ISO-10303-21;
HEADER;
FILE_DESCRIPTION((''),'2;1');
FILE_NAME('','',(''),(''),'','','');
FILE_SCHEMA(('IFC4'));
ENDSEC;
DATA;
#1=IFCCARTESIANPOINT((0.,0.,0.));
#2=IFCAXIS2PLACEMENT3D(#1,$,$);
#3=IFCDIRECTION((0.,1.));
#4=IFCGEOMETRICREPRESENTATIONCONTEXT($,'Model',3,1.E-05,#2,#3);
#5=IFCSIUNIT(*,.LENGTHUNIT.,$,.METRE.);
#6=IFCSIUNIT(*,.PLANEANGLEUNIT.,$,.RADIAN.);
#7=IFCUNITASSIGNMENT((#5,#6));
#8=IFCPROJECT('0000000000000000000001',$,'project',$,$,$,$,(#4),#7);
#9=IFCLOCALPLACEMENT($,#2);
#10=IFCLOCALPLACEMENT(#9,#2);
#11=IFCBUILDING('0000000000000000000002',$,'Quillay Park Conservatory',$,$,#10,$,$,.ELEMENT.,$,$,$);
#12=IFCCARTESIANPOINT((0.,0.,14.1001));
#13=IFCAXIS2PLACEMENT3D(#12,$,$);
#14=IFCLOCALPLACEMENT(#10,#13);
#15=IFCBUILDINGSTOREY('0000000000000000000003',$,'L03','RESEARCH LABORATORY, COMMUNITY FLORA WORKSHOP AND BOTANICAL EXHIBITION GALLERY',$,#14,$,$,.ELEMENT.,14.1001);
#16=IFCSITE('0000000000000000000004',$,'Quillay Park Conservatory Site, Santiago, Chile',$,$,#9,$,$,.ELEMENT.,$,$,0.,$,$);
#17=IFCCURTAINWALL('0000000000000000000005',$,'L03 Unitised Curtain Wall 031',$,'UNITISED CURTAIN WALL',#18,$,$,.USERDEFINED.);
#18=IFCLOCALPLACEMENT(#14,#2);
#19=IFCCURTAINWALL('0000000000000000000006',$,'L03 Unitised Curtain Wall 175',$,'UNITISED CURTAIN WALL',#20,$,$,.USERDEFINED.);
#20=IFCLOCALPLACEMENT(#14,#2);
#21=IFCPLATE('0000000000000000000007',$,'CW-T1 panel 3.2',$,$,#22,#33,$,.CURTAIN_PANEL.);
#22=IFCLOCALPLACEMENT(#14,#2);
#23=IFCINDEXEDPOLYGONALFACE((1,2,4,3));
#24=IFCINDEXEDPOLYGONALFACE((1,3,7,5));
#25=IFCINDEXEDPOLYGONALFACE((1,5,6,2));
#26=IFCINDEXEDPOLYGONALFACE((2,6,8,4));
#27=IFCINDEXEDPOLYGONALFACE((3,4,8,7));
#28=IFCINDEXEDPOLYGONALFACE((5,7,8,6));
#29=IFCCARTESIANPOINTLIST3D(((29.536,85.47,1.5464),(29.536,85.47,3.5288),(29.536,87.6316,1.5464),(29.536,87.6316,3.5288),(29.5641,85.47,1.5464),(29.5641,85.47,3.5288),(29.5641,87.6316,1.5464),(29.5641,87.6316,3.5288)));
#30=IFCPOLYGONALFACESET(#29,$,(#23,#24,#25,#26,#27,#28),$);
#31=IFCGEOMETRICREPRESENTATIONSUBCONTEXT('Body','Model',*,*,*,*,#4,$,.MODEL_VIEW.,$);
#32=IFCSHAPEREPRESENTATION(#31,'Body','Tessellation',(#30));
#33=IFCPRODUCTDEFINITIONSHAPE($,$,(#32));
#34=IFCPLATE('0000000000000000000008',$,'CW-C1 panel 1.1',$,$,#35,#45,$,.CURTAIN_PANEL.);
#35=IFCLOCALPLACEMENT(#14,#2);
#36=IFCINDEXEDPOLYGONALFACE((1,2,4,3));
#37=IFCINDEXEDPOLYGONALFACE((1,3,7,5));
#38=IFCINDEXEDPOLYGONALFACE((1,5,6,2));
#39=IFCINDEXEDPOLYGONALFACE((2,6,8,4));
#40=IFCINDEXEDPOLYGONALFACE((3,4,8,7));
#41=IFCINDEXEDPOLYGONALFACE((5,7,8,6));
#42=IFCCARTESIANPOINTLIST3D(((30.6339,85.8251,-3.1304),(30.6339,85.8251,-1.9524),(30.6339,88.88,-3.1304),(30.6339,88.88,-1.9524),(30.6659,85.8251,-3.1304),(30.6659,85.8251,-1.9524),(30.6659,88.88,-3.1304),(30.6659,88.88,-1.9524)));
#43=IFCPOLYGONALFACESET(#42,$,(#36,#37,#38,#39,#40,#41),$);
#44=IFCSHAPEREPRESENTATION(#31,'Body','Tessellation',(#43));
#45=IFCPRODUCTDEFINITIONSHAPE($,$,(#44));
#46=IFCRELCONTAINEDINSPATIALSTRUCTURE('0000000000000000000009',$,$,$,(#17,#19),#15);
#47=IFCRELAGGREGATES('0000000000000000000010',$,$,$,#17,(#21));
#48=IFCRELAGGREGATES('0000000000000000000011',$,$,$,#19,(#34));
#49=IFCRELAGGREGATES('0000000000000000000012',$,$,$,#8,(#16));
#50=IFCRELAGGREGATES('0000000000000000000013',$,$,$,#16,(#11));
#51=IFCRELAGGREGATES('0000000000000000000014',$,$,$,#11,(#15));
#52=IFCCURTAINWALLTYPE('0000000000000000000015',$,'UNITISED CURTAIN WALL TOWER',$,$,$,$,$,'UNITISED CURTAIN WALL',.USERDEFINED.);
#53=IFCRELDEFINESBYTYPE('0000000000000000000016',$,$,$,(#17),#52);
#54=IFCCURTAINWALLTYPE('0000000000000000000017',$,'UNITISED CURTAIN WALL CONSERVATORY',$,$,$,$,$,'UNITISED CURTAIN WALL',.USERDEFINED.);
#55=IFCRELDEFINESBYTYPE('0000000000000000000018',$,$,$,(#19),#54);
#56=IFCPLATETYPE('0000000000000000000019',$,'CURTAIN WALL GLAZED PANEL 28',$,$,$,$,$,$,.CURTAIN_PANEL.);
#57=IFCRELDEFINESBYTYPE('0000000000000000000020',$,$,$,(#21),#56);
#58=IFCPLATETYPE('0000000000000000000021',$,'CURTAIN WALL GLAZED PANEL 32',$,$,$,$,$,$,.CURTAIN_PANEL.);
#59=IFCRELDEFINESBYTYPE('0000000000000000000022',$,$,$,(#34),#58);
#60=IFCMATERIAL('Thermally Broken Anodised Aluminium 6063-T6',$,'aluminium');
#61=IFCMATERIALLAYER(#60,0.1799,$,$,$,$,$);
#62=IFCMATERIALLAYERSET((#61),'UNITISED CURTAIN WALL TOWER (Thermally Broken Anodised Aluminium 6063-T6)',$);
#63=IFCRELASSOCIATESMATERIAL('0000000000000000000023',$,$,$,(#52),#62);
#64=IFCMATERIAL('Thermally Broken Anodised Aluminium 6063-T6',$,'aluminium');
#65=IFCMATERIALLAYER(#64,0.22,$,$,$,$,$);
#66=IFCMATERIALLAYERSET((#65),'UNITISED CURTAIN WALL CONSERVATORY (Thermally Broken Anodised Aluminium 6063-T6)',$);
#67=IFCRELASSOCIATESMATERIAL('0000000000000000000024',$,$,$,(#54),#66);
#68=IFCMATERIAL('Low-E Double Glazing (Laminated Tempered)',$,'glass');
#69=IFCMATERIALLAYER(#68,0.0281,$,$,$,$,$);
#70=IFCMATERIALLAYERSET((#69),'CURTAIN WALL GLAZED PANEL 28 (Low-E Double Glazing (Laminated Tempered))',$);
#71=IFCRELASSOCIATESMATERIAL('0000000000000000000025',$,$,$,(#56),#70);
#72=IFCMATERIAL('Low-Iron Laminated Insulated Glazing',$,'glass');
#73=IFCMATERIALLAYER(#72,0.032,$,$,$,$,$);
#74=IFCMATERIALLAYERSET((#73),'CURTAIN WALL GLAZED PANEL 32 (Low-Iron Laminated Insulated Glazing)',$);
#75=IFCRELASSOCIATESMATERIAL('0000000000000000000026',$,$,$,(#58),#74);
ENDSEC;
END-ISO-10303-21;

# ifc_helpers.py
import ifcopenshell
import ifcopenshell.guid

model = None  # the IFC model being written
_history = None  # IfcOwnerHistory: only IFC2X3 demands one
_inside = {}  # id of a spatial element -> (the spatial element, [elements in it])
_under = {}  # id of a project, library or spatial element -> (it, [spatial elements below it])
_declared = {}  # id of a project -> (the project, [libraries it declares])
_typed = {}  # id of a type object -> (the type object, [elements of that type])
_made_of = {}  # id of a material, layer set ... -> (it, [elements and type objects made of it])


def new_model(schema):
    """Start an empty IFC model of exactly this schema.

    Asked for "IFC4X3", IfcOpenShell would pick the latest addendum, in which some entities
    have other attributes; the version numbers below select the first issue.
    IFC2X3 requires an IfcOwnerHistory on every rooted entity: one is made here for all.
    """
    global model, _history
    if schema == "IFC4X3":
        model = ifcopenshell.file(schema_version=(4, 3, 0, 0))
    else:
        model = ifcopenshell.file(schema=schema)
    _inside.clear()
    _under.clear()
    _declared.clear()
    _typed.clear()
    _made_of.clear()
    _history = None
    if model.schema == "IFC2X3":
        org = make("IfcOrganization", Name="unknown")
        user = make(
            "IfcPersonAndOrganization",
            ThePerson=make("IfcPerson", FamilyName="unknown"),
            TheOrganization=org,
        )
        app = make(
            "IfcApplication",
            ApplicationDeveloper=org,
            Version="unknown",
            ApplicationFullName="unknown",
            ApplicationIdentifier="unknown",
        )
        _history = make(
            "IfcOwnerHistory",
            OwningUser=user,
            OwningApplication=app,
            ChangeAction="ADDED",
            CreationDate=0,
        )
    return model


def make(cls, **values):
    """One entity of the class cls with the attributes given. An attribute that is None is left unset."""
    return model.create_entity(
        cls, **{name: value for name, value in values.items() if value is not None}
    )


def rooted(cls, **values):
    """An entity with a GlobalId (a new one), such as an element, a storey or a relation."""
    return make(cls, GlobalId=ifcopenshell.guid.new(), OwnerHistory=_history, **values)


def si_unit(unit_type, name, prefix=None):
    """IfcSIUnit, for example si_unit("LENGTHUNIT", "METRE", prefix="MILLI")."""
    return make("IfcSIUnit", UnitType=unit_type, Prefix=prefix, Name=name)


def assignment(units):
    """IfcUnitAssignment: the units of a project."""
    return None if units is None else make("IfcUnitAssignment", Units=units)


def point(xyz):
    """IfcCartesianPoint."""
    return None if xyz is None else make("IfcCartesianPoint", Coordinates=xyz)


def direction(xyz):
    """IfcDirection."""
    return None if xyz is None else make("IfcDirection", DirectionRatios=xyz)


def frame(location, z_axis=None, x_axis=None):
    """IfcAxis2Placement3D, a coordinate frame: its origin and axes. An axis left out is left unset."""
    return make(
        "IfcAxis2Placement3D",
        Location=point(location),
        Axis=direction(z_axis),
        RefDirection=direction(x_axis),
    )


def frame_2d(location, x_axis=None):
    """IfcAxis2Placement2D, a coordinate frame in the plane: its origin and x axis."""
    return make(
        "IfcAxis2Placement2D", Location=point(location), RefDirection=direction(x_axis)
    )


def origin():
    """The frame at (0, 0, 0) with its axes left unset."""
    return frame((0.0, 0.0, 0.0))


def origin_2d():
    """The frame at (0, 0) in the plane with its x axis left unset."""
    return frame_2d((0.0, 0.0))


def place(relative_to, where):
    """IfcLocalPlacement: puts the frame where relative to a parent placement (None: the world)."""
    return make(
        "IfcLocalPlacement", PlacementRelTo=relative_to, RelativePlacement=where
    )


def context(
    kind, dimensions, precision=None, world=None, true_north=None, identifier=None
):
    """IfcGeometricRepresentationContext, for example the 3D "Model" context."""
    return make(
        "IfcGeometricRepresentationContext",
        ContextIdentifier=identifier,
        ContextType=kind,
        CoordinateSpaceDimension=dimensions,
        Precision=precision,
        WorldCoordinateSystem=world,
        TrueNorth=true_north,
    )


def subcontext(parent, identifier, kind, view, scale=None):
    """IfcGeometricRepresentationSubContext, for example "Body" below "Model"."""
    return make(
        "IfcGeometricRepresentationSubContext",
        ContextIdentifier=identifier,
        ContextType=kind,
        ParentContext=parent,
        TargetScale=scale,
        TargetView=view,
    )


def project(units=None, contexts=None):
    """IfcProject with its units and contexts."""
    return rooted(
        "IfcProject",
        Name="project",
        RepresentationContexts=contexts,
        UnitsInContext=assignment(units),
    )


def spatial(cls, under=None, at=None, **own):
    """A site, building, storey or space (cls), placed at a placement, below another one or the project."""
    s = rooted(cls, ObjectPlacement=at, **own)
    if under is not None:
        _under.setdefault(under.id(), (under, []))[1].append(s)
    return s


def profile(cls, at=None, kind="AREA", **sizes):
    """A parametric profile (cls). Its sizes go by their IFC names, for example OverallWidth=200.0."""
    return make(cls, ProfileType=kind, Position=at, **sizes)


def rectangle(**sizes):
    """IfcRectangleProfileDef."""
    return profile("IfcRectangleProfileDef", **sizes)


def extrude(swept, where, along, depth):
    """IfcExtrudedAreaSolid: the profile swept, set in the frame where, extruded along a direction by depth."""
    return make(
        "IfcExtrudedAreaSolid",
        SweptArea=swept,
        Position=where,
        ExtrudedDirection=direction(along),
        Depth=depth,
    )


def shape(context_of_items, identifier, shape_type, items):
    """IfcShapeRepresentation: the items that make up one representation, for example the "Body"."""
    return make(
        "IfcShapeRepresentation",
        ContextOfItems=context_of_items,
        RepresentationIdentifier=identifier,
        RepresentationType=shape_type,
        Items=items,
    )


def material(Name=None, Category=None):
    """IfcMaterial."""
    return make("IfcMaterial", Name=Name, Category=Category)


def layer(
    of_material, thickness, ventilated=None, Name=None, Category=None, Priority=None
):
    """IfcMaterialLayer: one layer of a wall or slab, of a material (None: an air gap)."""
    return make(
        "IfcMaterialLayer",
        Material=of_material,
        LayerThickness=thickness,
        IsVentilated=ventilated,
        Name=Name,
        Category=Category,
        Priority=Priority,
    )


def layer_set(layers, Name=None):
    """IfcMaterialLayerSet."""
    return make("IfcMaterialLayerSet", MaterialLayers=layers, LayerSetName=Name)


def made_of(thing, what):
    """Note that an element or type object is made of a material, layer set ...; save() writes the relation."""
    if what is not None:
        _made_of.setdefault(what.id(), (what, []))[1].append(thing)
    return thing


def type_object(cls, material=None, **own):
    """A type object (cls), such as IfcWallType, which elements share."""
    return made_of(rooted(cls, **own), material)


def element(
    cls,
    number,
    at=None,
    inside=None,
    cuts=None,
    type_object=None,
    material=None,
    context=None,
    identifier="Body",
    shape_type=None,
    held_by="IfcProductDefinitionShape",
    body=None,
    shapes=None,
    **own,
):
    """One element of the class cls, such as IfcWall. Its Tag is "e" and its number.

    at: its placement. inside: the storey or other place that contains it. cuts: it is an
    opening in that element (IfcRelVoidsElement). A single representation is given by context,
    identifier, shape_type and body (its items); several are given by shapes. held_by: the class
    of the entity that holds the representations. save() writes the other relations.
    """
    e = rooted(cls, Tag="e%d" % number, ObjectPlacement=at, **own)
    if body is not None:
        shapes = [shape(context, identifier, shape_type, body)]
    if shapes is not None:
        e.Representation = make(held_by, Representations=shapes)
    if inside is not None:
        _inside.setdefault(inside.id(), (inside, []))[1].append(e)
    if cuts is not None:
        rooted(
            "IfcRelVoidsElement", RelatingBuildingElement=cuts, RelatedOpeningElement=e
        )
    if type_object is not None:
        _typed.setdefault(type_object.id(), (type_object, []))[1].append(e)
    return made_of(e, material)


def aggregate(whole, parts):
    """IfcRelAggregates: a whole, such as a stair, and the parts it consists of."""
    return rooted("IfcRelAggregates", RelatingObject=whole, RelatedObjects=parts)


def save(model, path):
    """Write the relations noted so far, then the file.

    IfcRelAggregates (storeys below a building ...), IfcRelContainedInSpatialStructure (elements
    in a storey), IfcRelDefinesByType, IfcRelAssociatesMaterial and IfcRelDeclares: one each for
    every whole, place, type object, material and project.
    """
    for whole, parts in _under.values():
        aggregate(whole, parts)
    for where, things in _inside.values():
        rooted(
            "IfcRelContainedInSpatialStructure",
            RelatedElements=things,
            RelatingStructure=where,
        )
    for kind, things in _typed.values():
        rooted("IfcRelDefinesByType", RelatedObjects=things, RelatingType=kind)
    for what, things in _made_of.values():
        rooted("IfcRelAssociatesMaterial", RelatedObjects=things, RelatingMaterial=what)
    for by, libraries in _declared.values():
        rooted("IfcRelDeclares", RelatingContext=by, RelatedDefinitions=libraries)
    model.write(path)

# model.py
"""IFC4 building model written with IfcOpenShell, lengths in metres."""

from ifc_helpers import new_model, si_unit, direction, frame, origin, origin_2d, place, context, subcontext, project, spatial, rectangle, extrude, material, layer, layer_set, type_object, element, aggregate, save


model = new_model("IFC4")

# Units and contexts
model_context = context("Model", 3, precision=1e-05, world=origin(), true_north=direction((0.0, 1.0)))
body_context = subcontext(model_context, "Body", "Model", "MODEL_VIEW")
ifc_project = project(units=[si_unit("LENGTHUNIT", "METRE"), si_unit("PLANEANGLEUNIT", "RADIAN")], contexts=[model_context])

# Site, building, storey
site_placement = place(None, origin())
site = spatial("IfcSite", under=ifc_project, at=site_placement, Name="Quillay Park Conservatory Site, Santiago, Chile", CompositionType="ELEMENT", RefElevation=0.0)
building_placement = place(site_placement, origin())
building = spatial("IfcBuilding", under=site, at=building_placement, Name="Quillay Park Conservatory", CompositionType="ELEMENT")
storey_placement = place(building_placement, frame((0.0, 0.0, 14.1001)))
storey = spatial("IfcBuildingStorey", under=building, at=storey_placement, Name="L03", Description="RESEARCH LABORATORY, COMMUNITY FLORA WORKSHOP AND BOTANICAL EXHIBITION GALLERY", CompositionType="ELEMENT", Elevation=14.1001)

# Shared definitions
ifc_material_1 = material(Name="Thermally Broken Anodised Aluminium 6063-T6", Category="aluminium")
ifc_layer_1 = layer(ifc_material_1, 0.1799)
ifc_layer_set_1 = layer_set([ifc_layer_1], Name="UNITISED CURTAIN WALL TOWER (Thermally Broken Anodised Aluminium 6063-T6)")
curtain_wall_type_1 = type_object("IfcCurtainWallType", Name="UNITISED CURTAIN WALL TOWER", ElementType="UNITISED CURTAIN WALL", PredefinedType="USERDEFINED", material=ifc_layer_set_1)

# Curtain walls
curtain_wall_1_placement = place(storey_placement, origin())
curtain_wall_1 = element("IfcCurtainWall", 1, at=curtain_wall_1_placement, inside=storey, type_object=curtain_wall_type_1, Name="L03 Unitised Curtain Wall 031", ObjectType="UNITISED CURTAIN WALL", PredefinedType="USERDEFINED")
ifc_material_2 = material(Name="Thermally Broken Anodised Aluminium 6063-T6", Category="aluminium")
ifc_layer_2 = layer(ifc_material_2, 0.22)
ifc_layer_set_2 = layer_set([ifc_layer_2], Name="UNITISED CURTAIN WALL CONSERVATORY (Thermally Broken Anodised Aluminium 6063-T6)")
curtain_wall_type_2 = type_object("IfcCurtainWallType", Name="UNITISED CURTAIN WALL CONSERVATORY", ElementType="UNITISED CURTAIN WALL", PredefinedType="USERDEFINED", material=ifc_layer_set_2)
curtain_wall_2_placement = place(storey_placement, origin())
curtain_wall_2 = element("IfcCurtainWall", 2, at=curtain_wall_2_placement, inside=storey, type_object=curtain_wall_type_2, Name="L03 Unitised Curtain Wall 175", ObjectType="UNITISED CURTAIN WALL", PredefinedType="USERDEFINED")

# Plates
ifc_material_3 = material(Name="Low-E Double Glazing (Laminated Tempered)", Category="glass")
ifc_layer_3 = layer(ifc_material_3, 0.0281)
ifc_layer_set_3 = layer_set([ifc_layer_3], Name="CURTAIN WALL GLAZED PANEL 28 (Low-E Double Glazing (Laminated Tempered))")
plate_type_1 = type_object("IfcPlateType", Name="CURTAIN WALL GLAZED PANEL 28", PredefinedType="CURTAIN_PANEL", material=ifc_layer_set_3)
plate_1_placement = place(storey_placement, frame((29.55, 86.5508, 1.5464), z_axis=(0.0, 0.0, 1.0), x_axis=(0.0, -1.0, 0.0)))
plate_1 = element("IfcPlate", 3, at=plate_1_placement, type_object=plate_type_1, Name="CW-T1 panel 3.2", PredefinedType="CURTAIN_PANEL", context=body_context, shape_type="SweptSolid", body=[
    extrude(rectangle(XDim=2.1616, YDim=0.0281, at=origin_2d()), origin(), (0.0, 0.0, 1.0), 1.9824),
])
aggregate(curtain_wall_1, [plate_1])
ifc_material_4 = material(Name="Low-Iron Laminated Insulated Glazing", Category="glass")
ifc_layer_4 = layer(ifc_material_4, 0.032)
ifc_layer_set_4 = layer_set([ifc_layer_4], Name="CURTAIN WALL GLAZED PANEL 32 (Low-Iron Laminated Insulated Glazing)")
plate_type_2 = type_object("IfcPlateType", Name="CURTAIN WALL GLAZED PANEL 32", PredefinedType="CURTAIN_PANEL", material=ifc_layer_set_4)
plate_2_placement = place(storey_placement, frame((30.6499, 87.3525, -3.1304), z_axis=(0.0, 0.0, 1.0), x_axis=(0.0, 1.0, 0.0)))
plate_2 = element("IfcPlate", 4, at=plate_2_placement, type_object=plate_type_2, Name="CW-C1 panel 1.1", PredefinedType="CURTAIN_PANEL", context=body_context, shape_type="SweptSolid", body=[
    extrude(rectangle(XDim=3.0549, YDim=0.032, at=origin_2d()), origin(), (0.0, 0.0, 1.0), 1.178),
])
aggregate(curtain_wall_2, [plate_2])

save(model, "model.ifc")
